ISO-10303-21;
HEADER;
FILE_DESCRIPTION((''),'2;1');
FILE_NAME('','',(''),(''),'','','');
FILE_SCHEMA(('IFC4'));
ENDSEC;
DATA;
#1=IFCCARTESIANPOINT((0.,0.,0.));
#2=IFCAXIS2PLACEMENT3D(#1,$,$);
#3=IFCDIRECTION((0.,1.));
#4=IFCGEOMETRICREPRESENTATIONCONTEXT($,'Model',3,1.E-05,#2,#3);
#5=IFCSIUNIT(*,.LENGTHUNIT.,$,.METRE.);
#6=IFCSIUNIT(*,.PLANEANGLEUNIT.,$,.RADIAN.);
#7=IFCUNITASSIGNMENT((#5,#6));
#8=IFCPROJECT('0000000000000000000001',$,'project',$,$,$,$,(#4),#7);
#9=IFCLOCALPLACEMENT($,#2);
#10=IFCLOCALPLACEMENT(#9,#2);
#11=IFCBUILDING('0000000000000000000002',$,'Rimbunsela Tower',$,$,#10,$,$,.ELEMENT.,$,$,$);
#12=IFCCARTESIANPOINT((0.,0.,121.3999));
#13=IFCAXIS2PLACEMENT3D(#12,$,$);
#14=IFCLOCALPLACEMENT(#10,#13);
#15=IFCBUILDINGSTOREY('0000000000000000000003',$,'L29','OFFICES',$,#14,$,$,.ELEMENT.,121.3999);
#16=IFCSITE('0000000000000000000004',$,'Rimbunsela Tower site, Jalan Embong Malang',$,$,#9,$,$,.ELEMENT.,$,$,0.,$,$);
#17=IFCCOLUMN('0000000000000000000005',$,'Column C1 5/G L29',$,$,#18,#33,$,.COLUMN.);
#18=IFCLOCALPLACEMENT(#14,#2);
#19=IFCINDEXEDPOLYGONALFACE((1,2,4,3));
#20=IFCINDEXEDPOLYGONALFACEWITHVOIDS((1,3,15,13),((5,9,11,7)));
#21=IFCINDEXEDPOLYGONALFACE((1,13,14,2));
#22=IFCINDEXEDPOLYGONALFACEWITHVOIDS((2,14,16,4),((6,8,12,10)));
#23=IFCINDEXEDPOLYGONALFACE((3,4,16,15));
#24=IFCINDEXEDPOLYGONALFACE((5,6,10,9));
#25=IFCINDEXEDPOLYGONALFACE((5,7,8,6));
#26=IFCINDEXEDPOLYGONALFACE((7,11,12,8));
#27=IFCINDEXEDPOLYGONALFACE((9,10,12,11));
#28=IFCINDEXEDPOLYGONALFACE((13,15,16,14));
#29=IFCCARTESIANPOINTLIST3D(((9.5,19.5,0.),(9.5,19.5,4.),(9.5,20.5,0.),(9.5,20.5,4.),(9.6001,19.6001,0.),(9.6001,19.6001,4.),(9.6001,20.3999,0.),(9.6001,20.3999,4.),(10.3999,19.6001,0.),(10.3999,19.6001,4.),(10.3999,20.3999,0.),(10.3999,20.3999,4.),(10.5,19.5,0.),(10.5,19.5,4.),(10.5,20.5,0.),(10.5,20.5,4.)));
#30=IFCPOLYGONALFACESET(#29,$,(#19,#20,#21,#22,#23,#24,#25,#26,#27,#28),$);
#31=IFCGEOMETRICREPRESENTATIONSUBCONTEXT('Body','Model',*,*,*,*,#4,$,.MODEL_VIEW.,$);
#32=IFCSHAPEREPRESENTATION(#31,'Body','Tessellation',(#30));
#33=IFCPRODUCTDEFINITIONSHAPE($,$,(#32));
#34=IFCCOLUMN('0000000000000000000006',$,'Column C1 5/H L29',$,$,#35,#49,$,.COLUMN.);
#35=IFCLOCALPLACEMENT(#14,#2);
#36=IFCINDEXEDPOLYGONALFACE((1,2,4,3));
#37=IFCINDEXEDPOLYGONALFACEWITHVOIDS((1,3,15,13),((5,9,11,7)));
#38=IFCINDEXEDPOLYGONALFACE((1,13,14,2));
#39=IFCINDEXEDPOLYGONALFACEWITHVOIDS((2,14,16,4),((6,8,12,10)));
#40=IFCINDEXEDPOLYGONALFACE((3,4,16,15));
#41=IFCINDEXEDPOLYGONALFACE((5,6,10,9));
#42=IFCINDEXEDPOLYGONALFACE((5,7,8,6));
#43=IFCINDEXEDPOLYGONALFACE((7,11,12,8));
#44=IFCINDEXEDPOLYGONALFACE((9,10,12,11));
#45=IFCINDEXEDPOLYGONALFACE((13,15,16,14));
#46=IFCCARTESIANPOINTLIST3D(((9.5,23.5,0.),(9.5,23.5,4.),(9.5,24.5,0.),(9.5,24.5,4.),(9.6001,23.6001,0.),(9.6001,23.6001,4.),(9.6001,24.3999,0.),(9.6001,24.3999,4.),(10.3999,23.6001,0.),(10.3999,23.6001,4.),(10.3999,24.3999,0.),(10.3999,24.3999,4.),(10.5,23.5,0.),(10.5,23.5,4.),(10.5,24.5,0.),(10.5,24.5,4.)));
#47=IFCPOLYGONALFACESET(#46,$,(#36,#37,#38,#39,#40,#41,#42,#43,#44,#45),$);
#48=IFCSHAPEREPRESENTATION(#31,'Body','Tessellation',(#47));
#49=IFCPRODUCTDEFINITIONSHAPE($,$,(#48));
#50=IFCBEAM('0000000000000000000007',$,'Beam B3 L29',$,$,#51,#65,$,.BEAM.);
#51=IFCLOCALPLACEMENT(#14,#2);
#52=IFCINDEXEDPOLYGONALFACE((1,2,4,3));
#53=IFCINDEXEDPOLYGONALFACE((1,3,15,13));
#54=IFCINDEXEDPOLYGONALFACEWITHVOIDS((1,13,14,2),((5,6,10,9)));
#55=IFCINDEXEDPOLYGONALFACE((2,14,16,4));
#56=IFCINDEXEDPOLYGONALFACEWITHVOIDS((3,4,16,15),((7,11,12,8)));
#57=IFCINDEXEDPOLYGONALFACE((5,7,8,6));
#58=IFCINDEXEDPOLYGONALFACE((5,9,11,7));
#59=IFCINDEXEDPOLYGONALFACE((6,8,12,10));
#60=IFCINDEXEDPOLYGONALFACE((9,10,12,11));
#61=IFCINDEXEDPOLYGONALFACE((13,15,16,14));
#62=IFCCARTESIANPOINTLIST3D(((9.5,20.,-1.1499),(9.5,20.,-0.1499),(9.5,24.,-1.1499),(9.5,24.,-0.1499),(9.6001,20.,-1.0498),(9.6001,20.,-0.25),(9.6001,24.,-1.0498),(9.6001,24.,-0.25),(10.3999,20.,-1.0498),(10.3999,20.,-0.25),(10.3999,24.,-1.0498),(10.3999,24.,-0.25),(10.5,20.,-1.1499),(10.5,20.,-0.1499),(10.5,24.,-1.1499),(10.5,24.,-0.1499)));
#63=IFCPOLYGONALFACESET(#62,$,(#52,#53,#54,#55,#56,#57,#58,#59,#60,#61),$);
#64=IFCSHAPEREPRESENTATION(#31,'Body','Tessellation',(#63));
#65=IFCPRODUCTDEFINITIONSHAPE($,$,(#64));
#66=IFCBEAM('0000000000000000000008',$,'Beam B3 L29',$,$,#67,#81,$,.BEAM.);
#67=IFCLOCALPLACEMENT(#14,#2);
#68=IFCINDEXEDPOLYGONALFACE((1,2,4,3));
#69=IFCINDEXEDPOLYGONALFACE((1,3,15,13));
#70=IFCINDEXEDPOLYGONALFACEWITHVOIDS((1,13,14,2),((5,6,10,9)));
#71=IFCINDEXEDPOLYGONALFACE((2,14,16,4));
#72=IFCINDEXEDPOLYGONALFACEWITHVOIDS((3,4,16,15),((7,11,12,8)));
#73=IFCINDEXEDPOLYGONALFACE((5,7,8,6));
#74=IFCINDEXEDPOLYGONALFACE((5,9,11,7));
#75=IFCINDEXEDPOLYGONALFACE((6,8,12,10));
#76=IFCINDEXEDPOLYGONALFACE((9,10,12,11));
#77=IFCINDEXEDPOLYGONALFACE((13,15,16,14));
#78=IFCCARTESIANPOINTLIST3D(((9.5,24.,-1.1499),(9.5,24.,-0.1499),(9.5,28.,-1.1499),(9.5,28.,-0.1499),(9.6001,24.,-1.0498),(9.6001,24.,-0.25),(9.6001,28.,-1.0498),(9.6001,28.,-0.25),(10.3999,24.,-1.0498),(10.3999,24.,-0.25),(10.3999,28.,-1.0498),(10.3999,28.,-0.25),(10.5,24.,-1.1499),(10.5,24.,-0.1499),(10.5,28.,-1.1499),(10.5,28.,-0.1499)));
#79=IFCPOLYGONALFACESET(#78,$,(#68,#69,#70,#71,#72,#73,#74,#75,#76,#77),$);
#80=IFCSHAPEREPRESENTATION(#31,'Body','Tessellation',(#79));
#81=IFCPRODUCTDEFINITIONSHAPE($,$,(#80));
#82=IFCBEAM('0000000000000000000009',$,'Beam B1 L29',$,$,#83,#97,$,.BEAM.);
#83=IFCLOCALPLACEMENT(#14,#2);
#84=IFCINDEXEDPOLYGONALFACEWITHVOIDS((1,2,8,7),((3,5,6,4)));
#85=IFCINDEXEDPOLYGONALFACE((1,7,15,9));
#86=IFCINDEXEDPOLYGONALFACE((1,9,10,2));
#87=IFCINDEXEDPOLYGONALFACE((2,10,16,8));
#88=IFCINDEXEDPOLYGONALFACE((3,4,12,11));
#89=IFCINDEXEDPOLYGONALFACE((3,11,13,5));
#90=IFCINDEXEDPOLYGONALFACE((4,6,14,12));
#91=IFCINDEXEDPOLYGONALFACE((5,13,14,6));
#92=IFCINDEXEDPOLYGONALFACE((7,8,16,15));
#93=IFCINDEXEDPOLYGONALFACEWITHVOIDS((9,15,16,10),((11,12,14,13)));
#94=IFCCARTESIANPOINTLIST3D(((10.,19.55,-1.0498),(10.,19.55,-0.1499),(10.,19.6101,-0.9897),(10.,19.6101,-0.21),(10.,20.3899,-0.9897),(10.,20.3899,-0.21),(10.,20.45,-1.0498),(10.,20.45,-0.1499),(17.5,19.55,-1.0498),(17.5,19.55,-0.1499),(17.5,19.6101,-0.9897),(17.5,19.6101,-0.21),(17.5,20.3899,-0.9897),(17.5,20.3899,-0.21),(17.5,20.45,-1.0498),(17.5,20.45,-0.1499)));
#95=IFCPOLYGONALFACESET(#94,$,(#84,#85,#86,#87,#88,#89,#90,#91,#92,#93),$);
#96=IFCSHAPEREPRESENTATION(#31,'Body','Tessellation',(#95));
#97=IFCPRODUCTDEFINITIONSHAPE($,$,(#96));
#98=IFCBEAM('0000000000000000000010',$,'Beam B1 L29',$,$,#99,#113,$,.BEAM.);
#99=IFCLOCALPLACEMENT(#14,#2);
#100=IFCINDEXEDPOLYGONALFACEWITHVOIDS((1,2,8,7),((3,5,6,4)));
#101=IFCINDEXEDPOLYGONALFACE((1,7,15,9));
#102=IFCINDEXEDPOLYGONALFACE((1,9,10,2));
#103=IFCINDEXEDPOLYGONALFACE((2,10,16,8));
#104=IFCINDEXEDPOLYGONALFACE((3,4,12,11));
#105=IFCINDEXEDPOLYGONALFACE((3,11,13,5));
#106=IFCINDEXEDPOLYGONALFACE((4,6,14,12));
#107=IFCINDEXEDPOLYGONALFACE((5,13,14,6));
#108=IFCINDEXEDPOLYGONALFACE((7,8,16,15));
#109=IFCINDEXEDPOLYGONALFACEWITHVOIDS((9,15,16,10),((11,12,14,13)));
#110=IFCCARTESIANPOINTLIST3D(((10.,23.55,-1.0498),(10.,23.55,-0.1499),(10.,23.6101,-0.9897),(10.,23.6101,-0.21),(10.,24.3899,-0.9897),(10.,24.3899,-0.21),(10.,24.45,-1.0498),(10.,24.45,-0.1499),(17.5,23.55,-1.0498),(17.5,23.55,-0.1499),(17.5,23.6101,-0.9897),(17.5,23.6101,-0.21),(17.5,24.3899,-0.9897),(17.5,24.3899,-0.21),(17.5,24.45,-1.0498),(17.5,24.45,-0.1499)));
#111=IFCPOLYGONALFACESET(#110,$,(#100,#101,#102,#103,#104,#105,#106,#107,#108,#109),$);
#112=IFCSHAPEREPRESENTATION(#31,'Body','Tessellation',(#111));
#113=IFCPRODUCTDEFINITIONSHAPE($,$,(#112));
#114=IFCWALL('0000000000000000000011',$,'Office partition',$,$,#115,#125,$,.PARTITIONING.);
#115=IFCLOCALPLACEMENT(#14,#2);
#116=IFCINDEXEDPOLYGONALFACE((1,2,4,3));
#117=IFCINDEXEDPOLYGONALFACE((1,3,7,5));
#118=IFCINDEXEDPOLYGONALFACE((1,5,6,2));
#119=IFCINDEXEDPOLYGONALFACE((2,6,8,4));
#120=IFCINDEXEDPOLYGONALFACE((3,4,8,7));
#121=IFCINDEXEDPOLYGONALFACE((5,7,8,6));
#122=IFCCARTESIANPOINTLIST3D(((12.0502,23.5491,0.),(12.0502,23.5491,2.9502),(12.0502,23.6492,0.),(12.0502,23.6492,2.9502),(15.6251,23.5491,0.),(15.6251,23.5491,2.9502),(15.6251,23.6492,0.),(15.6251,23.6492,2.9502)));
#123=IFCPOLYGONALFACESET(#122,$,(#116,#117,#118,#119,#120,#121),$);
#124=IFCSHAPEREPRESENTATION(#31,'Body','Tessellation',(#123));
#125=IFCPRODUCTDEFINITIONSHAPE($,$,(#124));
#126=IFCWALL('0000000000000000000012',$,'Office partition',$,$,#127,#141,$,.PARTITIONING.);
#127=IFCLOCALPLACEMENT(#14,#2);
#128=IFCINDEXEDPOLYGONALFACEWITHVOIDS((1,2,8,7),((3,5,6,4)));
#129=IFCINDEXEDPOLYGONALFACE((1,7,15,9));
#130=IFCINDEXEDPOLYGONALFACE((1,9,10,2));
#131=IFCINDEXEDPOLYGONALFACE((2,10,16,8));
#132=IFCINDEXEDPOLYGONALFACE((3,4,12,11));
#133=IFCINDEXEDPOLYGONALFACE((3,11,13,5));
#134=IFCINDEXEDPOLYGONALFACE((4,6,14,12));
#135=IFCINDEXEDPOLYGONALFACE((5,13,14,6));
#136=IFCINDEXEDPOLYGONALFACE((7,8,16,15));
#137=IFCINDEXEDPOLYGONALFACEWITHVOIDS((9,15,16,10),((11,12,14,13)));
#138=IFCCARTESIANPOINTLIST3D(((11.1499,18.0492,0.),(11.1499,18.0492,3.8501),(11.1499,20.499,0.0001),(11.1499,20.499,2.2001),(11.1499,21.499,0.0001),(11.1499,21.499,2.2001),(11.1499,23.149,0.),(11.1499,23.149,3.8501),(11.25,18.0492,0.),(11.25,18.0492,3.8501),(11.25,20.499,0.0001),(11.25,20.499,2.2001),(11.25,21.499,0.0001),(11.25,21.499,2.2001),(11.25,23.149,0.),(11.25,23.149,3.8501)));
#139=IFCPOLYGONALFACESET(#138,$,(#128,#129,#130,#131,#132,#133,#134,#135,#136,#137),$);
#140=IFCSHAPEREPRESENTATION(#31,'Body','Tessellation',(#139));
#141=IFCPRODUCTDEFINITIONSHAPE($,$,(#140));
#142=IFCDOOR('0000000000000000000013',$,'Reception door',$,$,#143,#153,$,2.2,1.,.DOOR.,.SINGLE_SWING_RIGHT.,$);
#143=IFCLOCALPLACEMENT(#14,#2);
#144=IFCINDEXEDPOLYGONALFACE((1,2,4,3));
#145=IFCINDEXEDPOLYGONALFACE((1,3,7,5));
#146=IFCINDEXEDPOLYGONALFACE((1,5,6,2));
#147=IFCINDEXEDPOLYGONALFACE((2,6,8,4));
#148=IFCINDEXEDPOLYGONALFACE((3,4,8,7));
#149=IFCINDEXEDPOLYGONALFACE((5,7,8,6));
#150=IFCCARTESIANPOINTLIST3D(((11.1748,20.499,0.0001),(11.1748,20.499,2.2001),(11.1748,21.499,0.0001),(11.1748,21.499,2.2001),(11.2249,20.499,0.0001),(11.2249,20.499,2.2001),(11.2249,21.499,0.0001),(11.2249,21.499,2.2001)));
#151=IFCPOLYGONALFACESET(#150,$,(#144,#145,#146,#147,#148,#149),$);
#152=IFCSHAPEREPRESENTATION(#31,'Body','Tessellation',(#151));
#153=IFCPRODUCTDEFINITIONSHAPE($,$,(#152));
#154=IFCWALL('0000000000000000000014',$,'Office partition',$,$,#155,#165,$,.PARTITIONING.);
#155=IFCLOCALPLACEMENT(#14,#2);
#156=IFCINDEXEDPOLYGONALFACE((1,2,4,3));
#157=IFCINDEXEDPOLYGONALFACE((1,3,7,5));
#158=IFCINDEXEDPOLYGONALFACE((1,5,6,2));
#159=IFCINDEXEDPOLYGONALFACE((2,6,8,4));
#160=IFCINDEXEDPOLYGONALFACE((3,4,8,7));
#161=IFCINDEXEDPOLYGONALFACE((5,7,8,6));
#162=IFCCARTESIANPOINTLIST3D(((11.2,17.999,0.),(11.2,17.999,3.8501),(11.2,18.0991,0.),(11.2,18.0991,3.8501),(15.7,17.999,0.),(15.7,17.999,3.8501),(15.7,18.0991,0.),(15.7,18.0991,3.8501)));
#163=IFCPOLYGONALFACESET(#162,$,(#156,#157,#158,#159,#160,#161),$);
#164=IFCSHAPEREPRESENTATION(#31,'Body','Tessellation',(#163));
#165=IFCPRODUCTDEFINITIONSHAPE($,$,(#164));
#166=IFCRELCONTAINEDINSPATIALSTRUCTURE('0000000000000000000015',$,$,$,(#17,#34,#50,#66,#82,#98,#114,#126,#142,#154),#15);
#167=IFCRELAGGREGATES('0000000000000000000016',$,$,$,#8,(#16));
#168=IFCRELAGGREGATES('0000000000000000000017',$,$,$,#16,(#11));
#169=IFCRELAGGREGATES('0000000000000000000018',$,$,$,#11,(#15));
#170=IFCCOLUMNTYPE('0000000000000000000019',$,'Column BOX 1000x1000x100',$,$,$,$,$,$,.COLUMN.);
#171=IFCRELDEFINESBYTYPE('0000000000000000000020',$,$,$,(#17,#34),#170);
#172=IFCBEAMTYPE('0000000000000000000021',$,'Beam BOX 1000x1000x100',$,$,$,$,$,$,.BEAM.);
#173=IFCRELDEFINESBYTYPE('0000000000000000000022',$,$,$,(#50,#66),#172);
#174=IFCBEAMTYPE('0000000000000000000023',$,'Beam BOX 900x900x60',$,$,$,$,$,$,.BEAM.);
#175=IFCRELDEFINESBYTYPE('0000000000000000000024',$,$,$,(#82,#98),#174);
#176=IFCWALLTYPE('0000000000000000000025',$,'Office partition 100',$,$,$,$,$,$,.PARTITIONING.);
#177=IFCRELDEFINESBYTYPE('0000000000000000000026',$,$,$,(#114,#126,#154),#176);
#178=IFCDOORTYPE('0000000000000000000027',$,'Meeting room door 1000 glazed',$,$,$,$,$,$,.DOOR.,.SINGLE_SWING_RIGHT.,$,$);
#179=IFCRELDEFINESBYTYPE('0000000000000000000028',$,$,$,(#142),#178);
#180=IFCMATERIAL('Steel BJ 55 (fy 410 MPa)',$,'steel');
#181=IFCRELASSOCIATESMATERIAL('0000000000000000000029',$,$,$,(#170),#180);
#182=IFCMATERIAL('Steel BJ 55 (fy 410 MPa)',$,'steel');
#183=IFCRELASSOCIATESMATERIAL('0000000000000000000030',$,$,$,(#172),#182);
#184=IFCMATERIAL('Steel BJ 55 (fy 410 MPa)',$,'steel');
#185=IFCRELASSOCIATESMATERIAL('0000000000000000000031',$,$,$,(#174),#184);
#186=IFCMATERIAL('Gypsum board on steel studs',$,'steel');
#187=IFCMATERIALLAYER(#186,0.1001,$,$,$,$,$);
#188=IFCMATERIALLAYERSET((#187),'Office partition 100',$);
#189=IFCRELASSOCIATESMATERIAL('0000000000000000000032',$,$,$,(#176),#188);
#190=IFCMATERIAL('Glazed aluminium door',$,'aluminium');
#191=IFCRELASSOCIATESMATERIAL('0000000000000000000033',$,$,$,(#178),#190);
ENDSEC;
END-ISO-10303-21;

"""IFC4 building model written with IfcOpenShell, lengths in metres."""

from ifc_helpers import new_model, si_unit, direction, frame, frame_2d, origin, origin_2d, place, context, subcontext, project, spatial, rectangle, hollow_rectangle, extrude, material, layer, layer_set, material_profile, profile_set, type_object, element, fill, save


model = new_model("IFC4")

# Units and contexts
model_context = context("Model", 3, precision=1e-05, world=origin(), true_north=direction((0.0, 1.0)))
body_context = subcontext(model_context, "Body", "Model", "MODEL_VIEW")
ifc_project = project(units=[si_unit("LENGTHUNIT", "METRE"), si_unit("PLANEANGLEUNIT", "RADIAN")], contexts=[model_context])

# Site, building, storey
site_placement = place(None, origin())
site = spatial("IfcSite", under=ifc_project, at=site_placement, Name="Rimbunsela Tower site, Jalan Embong Malang", CompositionType="ELEMENT", RefElevation=0.0)
building_placement = place(site_placement, origin())
building = spatial("IfcBuilding", under=site, at=building_placement, Name="Rimbunsela Tower", CompositionType="ELEMENT")
storey_placement = place(building_placement, frame((0.0, 0.0, 121.3999)))
storey = spatial("IfcBuildingStorey", under=building, at=storey_placement, Name="L29", Description="OFFICES", CompositionType="ELEMENT", Elevation=121.3999)

# Columns
ifc_material_1 = material(Name="Steel BJ 55 (fy 410 MPa)", Category="steel")
ifc_material_profile_1 = material_profile(ifc_material_1, hollow_rectangle(XDim=1.0, YDim=1.0, WallThickness=0.1001, at=origin_2d()), Name="BOX 1000x1000x100")
ifc_profile_set_1 = profile_set([ifc_material_profile_1], Name="Steel BJ 55 (fy 410 MPa)")
column_type = type_object("IfcColumnType", Name="Column BOX 1000x1000x100", PredefinedType="COLUMN", material=ifc_profile_set_1)
for number, where, z_axis, x_axis, name in (
    (1, (10.0, 20.0, 0.0), (0.0, 0.0, 1.0), (1.0, 0.0, 0.0), "Column C1 5/G L29"),
    (2, (10.0, 24.0, 0.0), (0.0, 0.0, 1.0), (1.0, 0.0, 0.0), "Column C1 5/H L29"),
):
    element("IfcColumn", number, at=place(storey_placement, frame(where, z_axis=z_axis, x_axis=x_axis)), inside=storey, type_object=column_type, Name=name, PredefinedType="COLUMN", context=body_context, shape_type="SweptSolid", body=[
        extrude(hollow_rectangle(XDim=1.0, YDim=1.0, WallThickness=0.1001, at=origin_2d()), origin(), (0.0, 0.0, 1.0), 4.0),
    ])

# Beams
ifc_material_2 = material(Name="Steel BJ 55 (fy 410 MPa)", Category="steel")
ifc_material_profile_2 = material_profile(ifc_material_2, hollow_rectangle(XDim=1.0, YDim=1.0, WallThickness=0.1001, at=origin_2d()), Name="BOX 1000x1000x100")
ifc_profile_set_2 = profile_set([ifc_material_profile_2], Name="Steel BJ 55 (fy 410 MPa)")
beam_type_1 = type_object("IfcBeamType", Name="Beam BOX 1000x1000x100", PredefinedType="BEAM", material=ifc_profile_set_2)
for number, where, z_axis, x_axis, name in (
    (3, (10.0, 20.0, -0.6499), (0.0, 1.0, 0.0), (-1.0, 0.0, 0.0), "Beam B3 L29"),
    (4, (10.0, 24.0, -0.6499), (0.0, 1.0, 0.0), (-1.0, 0.0, 0.0), "Beam B3 L29"),
):
    element("IfcBeam", number, at=place(storey_placement, frame(where, z_axis=z_axis, x_axis=x_axis)), inside=storey, type_object=beam_type_1, Name=name, PredefinedType="BEAM", context=body_context, shape_type="SweptSolid", body=[
        extrude(hollow_rectangle(XDim=1.0, YDim=1.0, WallThickness=0.1001, at=origin_2d()), origin(), (0.0, 0.0, 1.0), 4.0),
    ])
ifc_material_3 = material(Name="Steel BJ 55 (fy 410 MPa)", Category="steel")
ifc_material_profile_3 = material_profile(ifc_material_3, hollow_rectangle(XDim=0.8999, YDim=0.8999, WallThickness=0.0601, at=origin_2d()), Name="BOX 900x900x60")
ifc_profile_set_3 = profile_set([ifc_material_profile_3], Name="Steel BJ 55 (fy 410 MPa)")
beam_type_2 = type_object("IfcBeamType", Name="Beam BOX 900x900x60", PredefinedType="BEAM", material=ifc_profile_set_3)
for number, where, z_axis, x_axis, name in (
    (5, (10.0, 20.0, -0.5999), (1.0, 0.0, 0.0), (0.0, 1.0, 0.0), "Beam B1 L29"),
    (6, (10.0, 24.0, -0.5999), (1.0, 0.0, 0.0), (0.0, 1.0, 0.0), "Beam B1 L29"),
):
    element("IfcBeam", number, at=place(storey_placement, frame(where, z_axis=z_axis, x_axis=x_axis)), inside=storey, type_object=beam_type_2, Name=name, PredefinedType="BEAM", context=body_context, shape_type="SweptSolid", body=[
        extrude(hollow_rectangle(XDim=0.8999, YDim=0.8999, WallThickness=0.0601, at=origin_2d()), origin(), (0.0, 0.0, 1.0), 7.5),
    ])

# Wall
ifc_material_4 = material(Name="Gypsum board on steel studs", Category="steel")
ifc_layer_1 = layer(ifc_material_4, 0.1001)
ifc_layer_set_1 = layer_set([ifc_layer_1], Name="Office partition 100")
wall_type_1 = type_object("IfcWallType", Name="Office partition 100", PredefinedType="PARTITIONING", material=ifc_layer_set_1)
wall_1_placement = place(storey_placement, frame((12.05, 23.5991, 0.0), z_axis=(0.0, 0.0, 1.0), x_axis=(1.0, 0.0, 0.0)))
element("IfcWall", 7, at=wall_1_placement, inside=storey, type_object=wall_type_1, Name="Office partition", PredefinedType="PARTITIONING", context=body_context, shape_type="SweptSolid", body=[
    extrude(rectangle(XDim=3.575, YDim=0.1001, at=frame_2d((1.7876, 0.0))), origin(), (0.0, 0.0, 1.0), 2.9502),
])

# Wall, opening, door
wall_2_placement = place(storey_placement, frame((11.2, 23.1489, 0.0), z_axis=(0.0, 0.0, 1.0), x_axis=(0.0, -1.0, 0.0)))
wall_2 = element("IfcWall", 8, at=wall_2_placement, inside=storey, type_object=wall_type_1, Name="Office partition", PredefinedType="PARTITIONING", context=body_context, shape_type="SweptSolid", body=[
    extrude(rectangle(XDim=5.0999, YDim=0.1001, at=frame_2d((2.5498, 0.0))), origin(), (0.0, 0.0, 1.0), 3.8501),
])
opening_1_placement = place(wall_2_placement, frame((1.6499, 0.0, 0.0)))
opening_1 = element("IfcOpeningElement", 9, at=opening_1_placement, cuts=wall_2, PredefinedType="OPENING", context=body_context, shape_type="SweptSolid", body=[
    extrude(rectangle(XDim=1.0, YDim=2.2, at=frame_2d((0.5, 1.1001))), frame((0.0, 0.0601, 0.0), z_axis=(0.0, -1.0, 0.0), x_axis=(1.0, 0.0, 0.0)), (0.0, 0.0, 1.0), 0.1201),
])
ifc_material_5 = material(Name="Glazed aluminium door", Category="aluminium")
door_type = type_object("IfcDoorType", Name="Meeting room door 1000 glazed", OperationType="SINGLE_SWING_RIGHT", PredefinedType="DOOR", material=ifc_material_5)
door_placement = place(opening_1_placement, origin())
door = element("IfcDoor", 10, at=door_placement, inside=storey, type_object=door_type, Name="Reception door", OperationType="SINGLE_SWING_RIGHT", OverallHeight=2.2, OverallWidth=1.0, PredefinedType="DOOR", context=body_context, shape_type="SweptSolid", body=[
    extrude(rectangle(XDim=1.0, YDim=2.2, at=frame_2d((0.5, 1.1001))), frame((0.0, 0.0249, 0.0), z_axis=(0.0, -1.0, 0.0), x_axis=(1.0, 0.0, 0.0)), (0.0, 0.0, 1.0), 0.05),
])
fill(opening_1, door)

# Wall
wall_3_placement = place(storey_placement, frame((11.2, 18.0491, 0.0), z_axis=(0.0, 0.0, 1.0), x_axis=(1.0, 0.0, 0.0)))
element("IfcWall", 11, at=wall_3_placement, inside=storey, type_object=wall_type_1, Name="Office partition", PredefinedType="PARTITIONING", context=body_context, shape_type="SweptSolid", body=[
    extrude(rectangle(XDim=4.5, YDim=0.1001, at=frame_2d((2.25, 0.0))), origin(), (0.0, 0.0, 1.0), 3.8501),
])

save(model, "model.ifc")
